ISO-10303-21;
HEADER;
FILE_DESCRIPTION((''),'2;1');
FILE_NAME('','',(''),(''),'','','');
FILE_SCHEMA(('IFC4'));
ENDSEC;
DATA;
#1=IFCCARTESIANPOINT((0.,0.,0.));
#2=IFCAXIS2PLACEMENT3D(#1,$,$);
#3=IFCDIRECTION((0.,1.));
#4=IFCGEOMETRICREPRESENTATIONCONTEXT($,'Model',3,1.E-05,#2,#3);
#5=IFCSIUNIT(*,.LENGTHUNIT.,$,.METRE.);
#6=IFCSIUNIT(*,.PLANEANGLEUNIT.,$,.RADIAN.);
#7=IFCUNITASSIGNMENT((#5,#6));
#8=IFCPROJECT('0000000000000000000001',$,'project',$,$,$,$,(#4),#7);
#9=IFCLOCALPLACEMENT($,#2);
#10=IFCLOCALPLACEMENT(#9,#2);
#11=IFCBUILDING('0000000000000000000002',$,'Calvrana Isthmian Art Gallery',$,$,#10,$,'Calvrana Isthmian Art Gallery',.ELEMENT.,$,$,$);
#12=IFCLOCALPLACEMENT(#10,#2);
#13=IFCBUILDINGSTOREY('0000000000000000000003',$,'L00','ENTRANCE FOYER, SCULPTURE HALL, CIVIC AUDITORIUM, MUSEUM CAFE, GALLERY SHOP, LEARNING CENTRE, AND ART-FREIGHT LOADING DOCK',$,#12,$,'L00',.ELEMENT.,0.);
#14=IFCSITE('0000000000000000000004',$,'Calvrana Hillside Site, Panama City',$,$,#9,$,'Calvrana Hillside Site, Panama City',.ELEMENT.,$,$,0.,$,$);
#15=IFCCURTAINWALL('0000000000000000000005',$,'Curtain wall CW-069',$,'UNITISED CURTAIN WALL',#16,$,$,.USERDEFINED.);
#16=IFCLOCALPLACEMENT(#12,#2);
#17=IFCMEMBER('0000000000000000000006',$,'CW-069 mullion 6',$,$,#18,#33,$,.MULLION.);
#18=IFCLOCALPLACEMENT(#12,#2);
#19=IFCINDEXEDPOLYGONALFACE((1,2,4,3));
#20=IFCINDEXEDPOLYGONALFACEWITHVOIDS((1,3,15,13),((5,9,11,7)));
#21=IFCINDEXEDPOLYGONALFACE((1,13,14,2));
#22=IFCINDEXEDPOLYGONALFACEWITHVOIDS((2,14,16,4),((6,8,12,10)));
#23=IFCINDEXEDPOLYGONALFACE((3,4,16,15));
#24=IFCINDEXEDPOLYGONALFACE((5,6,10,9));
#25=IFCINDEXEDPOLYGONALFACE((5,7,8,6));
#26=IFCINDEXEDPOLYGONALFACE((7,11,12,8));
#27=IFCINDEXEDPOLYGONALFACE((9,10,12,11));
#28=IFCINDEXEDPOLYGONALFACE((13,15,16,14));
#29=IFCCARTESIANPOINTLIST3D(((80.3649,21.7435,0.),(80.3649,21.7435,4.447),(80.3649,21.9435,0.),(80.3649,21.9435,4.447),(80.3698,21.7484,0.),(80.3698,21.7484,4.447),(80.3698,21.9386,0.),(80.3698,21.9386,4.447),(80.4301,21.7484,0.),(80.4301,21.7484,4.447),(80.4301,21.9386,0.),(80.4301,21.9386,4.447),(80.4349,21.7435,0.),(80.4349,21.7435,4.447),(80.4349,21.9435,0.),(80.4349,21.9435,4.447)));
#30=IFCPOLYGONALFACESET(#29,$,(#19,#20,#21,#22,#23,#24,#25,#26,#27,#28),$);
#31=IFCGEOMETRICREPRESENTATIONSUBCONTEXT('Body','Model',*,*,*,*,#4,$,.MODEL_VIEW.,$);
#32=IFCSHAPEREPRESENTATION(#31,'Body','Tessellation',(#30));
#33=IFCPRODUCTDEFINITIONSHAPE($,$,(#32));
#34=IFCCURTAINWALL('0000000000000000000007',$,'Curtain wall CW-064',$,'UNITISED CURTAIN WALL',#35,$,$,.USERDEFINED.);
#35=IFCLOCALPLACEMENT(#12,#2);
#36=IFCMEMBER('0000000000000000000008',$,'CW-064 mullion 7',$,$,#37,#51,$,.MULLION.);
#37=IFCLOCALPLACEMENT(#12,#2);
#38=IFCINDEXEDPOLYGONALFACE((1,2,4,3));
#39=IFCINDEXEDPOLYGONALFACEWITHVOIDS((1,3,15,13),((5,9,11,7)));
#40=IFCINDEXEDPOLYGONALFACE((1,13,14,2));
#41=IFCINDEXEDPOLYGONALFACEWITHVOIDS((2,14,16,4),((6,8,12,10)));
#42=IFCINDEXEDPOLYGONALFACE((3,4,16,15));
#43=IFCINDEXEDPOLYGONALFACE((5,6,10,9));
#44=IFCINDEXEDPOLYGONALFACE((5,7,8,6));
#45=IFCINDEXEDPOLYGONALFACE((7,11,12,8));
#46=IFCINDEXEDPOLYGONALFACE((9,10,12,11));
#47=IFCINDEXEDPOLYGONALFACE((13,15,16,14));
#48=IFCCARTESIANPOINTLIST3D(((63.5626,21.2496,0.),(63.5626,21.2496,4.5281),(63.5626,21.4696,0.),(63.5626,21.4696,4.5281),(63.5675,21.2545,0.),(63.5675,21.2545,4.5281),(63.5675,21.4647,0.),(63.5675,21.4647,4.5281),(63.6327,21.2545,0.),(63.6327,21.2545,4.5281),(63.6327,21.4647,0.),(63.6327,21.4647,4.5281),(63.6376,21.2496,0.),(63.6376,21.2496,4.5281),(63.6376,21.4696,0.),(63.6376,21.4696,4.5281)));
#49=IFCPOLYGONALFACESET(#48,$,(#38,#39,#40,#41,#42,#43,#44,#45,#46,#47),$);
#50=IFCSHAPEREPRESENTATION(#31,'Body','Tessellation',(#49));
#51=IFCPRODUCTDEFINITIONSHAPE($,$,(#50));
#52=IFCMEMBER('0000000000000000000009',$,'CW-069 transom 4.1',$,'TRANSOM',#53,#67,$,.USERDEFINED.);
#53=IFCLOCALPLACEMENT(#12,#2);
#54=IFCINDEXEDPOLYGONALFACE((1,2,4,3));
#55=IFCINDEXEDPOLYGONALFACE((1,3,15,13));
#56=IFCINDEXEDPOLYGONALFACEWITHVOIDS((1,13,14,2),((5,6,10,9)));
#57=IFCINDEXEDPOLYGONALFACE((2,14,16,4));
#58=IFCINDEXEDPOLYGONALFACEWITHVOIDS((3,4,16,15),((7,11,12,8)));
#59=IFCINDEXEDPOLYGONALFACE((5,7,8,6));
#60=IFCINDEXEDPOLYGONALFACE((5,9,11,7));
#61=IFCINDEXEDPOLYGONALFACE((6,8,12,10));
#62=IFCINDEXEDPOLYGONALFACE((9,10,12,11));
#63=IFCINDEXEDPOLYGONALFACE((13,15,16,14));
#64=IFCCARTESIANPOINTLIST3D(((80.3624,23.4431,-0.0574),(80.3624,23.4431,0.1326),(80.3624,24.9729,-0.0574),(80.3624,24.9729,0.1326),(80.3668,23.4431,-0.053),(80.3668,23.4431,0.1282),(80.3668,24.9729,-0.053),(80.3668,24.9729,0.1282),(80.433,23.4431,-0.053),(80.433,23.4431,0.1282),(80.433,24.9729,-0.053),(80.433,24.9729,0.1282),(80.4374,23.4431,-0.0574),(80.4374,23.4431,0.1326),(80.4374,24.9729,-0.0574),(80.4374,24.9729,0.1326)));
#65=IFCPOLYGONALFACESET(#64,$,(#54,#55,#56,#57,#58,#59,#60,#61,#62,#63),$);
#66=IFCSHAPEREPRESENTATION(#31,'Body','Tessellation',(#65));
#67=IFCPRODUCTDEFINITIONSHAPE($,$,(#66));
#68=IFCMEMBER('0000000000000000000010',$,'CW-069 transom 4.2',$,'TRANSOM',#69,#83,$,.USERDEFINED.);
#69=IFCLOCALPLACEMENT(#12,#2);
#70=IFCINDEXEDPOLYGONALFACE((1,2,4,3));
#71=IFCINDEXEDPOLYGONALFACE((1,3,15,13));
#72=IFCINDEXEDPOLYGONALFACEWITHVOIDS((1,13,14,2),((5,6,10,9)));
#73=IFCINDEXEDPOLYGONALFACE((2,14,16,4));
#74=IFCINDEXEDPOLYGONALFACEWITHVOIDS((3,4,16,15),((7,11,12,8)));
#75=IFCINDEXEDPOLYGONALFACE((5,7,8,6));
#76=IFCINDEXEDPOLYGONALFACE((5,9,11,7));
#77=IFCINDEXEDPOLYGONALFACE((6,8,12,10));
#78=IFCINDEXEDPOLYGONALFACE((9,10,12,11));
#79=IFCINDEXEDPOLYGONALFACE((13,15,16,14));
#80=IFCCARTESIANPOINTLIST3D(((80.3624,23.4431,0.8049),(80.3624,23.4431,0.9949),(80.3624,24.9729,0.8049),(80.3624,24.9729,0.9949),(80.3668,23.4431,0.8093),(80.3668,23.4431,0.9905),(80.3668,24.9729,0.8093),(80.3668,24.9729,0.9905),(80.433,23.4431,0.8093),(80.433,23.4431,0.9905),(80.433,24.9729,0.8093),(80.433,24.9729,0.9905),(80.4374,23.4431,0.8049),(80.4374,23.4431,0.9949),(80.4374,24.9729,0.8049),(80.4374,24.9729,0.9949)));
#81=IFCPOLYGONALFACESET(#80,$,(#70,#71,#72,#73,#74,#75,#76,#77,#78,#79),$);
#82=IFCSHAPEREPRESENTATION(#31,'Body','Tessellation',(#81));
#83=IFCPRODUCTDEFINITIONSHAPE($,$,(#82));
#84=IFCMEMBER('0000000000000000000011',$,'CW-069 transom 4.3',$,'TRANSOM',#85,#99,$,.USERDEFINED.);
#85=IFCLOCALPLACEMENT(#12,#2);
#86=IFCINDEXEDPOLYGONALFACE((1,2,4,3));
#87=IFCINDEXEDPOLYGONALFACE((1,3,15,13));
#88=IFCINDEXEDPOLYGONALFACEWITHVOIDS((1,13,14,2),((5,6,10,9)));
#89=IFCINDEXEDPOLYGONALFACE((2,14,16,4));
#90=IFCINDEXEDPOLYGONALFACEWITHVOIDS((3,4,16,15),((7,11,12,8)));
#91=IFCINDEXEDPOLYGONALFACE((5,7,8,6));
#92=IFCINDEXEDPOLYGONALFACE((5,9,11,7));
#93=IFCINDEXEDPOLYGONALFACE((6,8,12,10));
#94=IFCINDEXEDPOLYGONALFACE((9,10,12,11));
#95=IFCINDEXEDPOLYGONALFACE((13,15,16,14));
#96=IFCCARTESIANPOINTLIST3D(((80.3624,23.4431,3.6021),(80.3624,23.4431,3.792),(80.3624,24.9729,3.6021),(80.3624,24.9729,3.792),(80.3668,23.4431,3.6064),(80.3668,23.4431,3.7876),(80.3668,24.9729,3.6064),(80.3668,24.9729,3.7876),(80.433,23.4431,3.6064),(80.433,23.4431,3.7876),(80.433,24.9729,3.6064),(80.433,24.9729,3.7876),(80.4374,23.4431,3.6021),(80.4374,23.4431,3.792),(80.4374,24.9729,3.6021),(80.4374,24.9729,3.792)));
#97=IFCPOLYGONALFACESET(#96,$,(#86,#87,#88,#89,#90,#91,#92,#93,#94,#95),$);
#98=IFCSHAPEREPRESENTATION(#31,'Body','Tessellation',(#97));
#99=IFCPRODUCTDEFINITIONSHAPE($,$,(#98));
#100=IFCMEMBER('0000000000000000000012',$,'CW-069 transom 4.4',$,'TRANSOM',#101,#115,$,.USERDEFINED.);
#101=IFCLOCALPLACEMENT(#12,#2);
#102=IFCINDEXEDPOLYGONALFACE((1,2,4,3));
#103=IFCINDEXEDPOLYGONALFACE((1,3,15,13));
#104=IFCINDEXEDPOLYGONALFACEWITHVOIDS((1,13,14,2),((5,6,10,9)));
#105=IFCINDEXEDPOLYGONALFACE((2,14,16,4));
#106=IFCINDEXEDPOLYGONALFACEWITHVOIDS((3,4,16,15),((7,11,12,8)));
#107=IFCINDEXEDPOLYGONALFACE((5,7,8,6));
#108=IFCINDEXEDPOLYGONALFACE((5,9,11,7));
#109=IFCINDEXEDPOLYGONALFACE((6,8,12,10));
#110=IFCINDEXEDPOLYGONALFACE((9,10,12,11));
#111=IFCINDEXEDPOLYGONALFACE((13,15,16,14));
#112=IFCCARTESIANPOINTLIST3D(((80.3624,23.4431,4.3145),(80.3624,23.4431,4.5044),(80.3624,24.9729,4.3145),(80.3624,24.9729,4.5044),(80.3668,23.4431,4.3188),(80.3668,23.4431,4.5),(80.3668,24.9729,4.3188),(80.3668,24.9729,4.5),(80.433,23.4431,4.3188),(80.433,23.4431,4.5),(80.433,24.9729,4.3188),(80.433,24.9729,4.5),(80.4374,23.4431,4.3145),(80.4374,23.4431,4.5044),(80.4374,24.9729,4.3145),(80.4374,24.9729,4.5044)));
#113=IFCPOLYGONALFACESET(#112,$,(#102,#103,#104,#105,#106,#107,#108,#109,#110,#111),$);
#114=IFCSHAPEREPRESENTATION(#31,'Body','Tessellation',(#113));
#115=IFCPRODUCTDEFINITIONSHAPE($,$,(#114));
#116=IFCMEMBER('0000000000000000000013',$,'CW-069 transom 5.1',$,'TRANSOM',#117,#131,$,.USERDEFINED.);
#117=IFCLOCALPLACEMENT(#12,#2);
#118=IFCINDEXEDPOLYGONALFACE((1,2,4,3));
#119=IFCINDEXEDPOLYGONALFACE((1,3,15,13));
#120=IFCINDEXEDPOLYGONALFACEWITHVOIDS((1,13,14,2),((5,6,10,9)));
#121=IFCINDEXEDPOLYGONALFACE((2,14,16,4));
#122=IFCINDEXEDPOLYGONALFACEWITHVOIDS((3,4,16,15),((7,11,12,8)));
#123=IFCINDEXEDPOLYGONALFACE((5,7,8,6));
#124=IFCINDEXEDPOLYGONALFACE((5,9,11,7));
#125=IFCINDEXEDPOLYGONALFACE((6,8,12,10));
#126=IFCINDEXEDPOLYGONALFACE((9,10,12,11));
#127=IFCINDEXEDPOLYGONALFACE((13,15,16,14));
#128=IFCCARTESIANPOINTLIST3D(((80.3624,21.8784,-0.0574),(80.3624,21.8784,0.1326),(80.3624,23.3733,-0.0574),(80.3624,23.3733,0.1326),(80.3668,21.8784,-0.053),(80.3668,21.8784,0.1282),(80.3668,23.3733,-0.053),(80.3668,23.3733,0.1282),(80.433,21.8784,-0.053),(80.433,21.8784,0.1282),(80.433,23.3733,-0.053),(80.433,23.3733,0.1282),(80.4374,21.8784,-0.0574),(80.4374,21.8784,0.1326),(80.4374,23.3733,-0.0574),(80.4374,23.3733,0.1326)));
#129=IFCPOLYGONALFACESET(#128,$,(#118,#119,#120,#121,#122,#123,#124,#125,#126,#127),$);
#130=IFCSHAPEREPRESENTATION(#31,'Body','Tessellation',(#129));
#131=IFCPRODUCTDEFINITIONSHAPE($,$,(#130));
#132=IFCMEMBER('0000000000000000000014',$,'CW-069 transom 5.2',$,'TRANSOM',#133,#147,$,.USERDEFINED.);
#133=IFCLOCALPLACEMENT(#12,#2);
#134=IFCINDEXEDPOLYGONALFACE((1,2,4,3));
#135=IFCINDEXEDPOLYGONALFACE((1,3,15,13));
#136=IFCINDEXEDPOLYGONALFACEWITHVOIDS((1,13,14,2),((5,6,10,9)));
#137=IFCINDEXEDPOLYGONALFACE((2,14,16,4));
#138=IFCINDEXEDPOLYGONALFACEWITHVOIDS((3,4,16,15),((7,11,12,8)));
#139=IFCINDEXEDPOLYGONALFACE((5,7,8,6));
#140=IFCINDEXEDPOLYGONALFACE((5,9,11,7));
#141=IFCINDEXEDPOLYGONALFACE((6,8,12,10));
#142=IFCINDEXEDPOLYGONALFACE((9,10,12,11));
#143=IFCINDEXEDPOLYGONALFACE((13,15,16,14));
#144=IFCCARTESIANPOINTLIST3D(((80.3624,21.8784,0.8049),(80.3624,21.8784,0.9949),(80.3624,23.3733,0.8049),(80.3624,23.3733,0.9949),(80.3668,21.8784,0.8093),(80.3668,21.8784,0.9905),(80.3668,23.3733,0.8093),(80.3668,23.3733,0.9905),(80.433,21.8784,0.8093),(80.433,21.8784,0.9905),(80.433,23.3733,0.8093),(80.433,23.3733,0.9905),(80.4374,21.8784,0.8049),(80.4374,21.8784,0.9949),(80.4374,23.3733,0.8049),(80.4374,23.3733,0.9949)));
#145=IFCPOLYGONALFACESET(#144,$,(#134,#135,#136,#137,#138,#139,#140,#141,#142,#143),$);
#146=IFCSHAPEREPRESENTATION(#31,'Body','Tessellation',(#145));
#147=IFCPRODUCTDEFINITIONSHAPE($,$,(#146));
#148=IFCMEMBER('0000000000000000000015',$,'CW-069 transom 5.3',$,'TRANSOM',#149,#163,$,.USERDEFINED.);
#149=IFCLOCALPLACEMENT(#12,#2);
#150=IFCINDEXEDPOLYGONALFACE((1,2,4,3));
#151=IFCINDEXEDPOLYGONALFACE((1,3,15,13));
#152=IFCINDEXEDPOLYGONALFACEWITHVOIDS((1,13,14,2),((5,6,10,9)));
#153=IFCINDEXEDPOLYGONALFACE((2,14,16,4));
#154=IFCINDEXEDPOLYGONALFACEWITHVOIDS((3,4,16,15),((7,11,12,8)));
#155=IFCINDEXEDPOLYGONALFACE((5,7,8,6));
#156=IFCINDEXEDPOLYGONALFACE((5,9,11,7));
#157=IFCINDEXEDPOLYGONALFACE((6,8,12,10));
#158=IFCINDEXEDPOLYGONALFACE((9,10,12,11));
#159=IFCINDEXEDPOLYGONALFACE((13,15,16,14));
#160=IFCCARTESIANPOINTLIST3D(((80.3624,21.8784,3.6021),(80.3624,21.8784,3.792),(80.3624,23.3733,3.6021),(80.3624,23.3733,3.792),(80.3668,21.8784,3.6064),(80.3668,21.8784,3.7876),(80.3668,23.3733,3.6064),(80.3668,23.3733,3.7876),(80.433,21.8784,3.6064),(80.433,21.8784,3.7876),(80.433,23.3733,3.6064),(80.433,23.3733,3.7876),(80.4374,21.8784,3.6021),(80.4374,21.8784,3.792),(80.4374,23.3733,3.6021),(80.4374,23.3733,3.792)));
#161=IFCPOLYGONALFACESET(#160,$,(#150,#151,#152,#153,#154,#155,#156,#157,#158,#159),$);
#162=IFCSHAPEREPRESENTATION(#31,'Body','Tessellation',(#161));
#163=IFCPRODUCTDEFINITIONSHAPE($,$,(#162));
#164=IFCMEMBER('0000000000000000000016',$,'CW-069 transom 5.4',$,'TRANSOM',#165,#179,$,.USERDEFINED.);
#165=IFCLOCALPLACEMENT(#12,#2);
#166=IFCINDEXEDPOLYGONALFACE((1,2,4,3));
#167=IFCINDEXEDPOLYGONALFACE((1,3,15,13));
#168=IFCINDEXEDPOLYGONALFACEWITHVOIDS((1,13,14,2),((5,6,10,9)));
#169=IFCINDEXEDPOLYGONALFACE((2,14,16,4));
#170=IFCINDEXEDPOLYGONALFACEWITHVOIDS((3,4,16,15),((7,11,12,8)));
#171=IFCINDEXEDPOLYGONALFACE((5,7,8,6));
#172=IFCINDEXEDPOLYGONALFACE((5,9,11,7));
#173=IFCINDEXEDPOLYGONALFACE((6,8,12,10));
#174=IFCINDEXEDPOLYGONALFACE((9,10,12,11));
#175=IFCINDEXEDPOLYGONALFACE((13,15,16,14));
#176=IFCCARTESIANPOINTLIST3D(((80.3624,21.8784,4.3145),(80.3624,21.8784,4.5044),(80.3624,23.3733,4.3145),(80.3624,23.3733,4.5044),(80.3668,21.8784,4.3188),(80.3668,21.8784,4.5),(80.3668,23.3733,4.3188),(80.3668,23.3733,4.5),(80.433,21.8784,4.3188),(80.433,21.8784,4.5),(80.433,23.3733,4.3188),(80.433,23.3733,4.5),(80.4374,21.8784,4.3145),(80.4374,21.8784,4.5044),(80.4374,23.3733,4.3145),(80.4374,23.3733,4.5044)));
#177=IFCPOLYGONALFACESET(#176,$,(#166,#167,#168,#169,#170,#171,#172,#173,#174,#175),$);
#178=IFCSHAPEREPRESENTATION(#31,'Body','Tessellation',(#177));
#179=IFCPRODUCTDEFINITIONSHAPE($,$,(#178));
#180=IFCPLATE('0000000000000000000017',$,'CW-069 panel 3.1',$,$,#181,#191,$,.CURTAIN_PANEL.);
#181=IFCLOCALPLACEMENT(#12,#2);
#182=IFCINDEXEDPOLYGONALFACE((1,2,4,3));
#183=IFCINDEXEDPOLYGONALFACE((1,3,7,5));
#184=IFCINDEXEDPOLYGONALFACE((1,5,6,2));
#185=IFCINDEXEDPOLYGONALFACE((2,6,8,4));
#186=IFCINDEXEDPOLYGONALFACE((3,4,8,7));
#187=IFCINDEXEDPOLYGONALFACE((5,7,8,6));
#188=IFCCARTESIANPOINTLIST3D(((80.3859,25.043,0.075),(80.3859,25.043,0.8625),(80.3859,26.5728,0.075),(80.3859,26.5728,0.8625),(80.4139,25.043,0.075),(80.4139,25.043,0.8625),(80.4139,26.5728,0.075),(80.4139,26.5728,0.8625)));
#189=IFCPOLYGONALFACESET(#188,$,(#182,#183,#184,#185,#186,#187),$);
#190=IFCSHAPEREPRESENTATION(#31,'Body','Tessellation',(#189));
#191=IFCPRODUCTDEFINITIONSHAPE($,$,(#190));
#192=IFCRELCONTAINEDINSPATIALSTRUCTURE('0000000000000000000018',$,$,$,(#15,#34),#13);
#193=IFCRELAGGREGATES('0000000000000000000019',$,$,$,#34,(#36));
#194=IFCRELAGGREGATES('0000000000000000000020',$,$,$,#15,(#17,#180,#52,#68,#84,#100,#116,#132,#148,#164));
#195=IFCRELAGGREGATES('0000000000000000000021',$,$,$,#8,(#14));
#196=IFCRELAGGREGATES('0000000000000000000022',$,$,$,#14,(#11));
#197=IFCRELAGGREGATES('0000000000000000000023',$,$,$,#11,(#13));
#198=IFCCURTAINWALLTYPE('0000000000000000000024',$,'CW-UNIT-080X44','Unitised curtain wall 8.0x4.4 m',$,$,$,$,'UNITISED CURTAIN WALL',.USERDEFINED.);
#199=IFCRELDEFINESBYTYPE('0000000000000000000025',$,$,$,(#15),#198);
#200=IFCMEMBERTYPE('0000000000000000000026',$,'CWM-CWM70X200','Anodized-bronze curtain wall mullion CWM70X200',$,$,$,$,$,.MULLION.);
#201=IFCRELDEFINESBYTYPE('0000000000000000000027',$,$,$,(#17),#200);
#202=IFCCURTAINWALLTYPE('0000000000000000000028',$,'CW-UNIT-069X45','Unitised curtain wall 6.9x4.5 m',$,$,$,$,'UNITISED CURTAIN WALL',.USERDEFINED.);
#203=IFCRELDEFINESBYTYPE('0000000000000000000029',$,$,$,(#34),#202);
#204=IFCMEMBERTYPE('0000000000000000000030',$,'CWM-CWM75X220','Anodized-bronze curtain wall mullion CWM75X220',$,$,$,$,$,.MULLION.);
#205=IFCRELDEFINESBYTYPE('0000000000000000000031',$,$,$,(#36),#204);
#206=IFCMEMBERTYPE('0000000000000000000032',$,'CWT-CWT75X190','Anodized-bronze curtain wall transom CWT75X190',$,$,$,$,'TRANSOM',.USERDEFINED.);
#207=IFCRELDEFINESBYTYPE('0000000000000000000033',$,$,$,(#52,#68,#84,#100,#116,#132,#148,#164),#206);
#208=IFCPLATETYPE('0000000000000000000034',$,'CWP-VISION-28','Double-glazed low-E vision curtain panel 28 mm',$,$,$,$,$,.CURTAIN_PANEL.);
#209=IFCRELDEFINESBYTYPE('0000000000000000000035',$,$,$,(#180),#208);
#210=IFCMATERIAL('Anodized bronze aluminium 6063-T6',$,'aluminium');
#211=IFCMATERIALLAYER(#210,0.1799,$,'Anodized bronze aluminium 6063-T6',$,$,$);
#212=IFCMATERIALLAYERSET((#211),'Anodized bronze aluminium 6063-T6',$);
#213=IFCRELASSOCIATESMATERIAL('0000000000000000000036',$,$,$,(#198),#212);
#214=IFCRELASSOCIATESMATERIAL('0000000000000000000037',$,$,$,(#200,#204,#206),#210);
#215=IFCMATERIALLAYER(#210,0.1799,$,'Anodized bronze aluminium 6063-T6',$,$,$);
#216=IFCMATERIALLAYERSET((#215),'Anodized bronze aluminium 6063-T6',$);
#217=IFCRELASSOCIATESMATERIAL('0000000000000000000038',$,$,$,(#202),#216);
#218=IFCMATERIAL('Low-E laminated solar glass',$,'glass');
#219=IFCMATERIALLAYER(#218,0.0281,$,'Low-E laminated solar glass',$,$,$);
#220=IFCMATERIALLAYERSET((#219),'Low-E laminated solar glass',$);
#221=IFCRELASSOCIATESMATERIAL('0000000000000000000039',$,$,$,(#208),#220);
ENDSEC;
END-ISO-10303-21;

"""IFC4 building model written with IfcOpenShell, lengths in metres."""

from ifc_helpers import new_model, si_unit, direction, frame, origin, origin_2d, place, context, subcontext, project, spatial, rectangle, hollow_rectangle, extrude, material, layer, layer_set, material_profile, profile_set, type_object, element, aggregate, save


model = new_model("IFC4")

# Units and contexts
model_context = context("Model", 3, precision=1e-05, world=origin(), true_north=direction((0.0, 1.0)))
body_context = subcontext(model_context, "Body", "Model", "MODEL_VIEW")
ifc_project = project(units=[si_unit("LENGTHUNIT", "METRE"), si_unit("PLANEANGLEUNIT", "RADIAN")], contexts=[model_context])

# Site, building, storey
site_placement = place(None, origin())
site = spatial("IfcSite", under=ifc_project, at=site_placement, Name="Calvrana Hillside Site, Panama City", LongName="Calvrana Hillside Site, Panama City", CompositionType="ELEMENT", RefElevation=0.0)
building_placement = place(site_placement, origin())
building = spatial("IfcBuilding", under=site, at=building_placement, Name="Calvrana Isthmian Art Gallery", LongName="Calvrana Isthmian Art Gallery", CompositionType="ELEMENT")
storey_placement = place(building_placement, origin())
storey = spatial("IfcBuildingStorey", under=building, at=storey_placement, Name="L00", Description="ENTRANCE FOYER, SCULPTURE HALL, CIVIC AUDITORIUM, MUSEUM CAFE, GALLERY SHOP, LEARNING CENTRE, AND ART-FREIGHT LOADING DOCK", LongName="L00", CompositionType="ELEMENT", Elevation=0.0)

# Curtain wall, member
ifc_material_1 = material(Name="Anodized bronze aluminium 6063-T6", Category="aluminium")
ifc_layer_1 = layer(ifc_material_1, 0.1799, Name="Anodized bronze aluminium 6063-T6")
ifc_layer_set_1 = layer_set([ifc_layer_1], Name="Anodized bronze aluminium 6063-T6")
curtain_wall_type_1 = type_object("IfcCurtainWallType", Name="CW-UNIT-080X44", Description="Unitised curtain wall 8.0x4.4 m", ElementType="UNITISED CURTAIN WALL", PredefinedType="USERDEFINED", material=ifc_layer_set_1)
curtain_wall_1_placement = place(storey_placement, origin())
curtain_wall_1 = element("IfcCurtainWall", 1, at=curtain_wall_1_placement, inside=storey, type_object=curtain_wall_type_1, Name="Curtain wall CW-069", ObjectType="UNITISED CURTAIN WALL", PredefinedType="USERDEFINED")
ifc_material_profile_1 = material_profile(ifc_material_1, hollow_rectangle(XDim=0.0701, YDim=0.2, WallThickness=0.0049, at=origin_2d()), Name="CWM70X200")
ifc_profile_set_1 = profile_set([ifc_material_profile_1], Name="Anodized bronze aluminium 6063-T6")
member_type_1 = type_object("IfcMemberType", Name="CWM-CWM70X200", Description="Anodized-bronze curtain wall mullion CWM70X200", PredefinedType="MULLION", material=ifc_profile_set_1)
member_1_placement = place(storey_placement, frame((80.3999, 21.8435, 0.0), z_axis=(0.0, 0.0, 1.0), x_axis=(1.0, 0.0, 0.0)))
member_1 = element("IfcMember", 2, at=member_1_placement, type_object=member_type_1, Name="CW-069 mullion 6", PredefinedType="MULLION", context=body_context, shape_type="SweptSolid", body=[
    extrude(hollow_rectangle(XDim=0.0701, YDim=0.2, WallThickness=0.0049, at=origin_2d()), origin(), (0.0, 0.0, 1.0), 4.447),
])

# Curtain wall, member
ifc_layer_2 = layer(ifc_material_1, 0.1799, Name="Anodized bronze aluminium 6063-T6")
ifc_layer_set_2 = layer_set([ifc_layer_2], Name="Anodized bronze aluminium 6063-T6")
curtain_wall_type_2 = type_object("IfcCurtainWallType", Name="CW-UNIT-069X45", Description="Unitised curtain wall 6.9x4.5 m", ElementType="UNITISED CURTAIN WALL", PredefinedType="USERDEFINED", material=ifc_layer_set_2)
curtain_wall_2_placement = place(storey_placement, origin())
curtain_wall_2 = element("IfcCurtainWall", 3, at=curtain_wall_2_placement, inside=storey, type_object=curtain_wall_type_2, Name="Curtain wall CW-064", ObjectType="UNITISED CURTAIN WALL", PredefinedType="USERDEFINED")
ifc_material_profile_2 = material_profile(ifc_material_1, hollow_rectangle(XDim=0.075, YDim=0.22, WallThickness=0.0049, at=origin_2d()), Name="CWM75X220")
ifc_profile_set_2 = profile_set([ifc_material_profile_2], Name="Anodized bronze aluminium 6063-T6")
member_type_2 = type_object("IfcMemberType", Name="CWM-CWM75X220", Description="Anodized-bronze curtain wall mullion CWM75X220", PredefinedType="MULLION", material=ifc_profile_set_2)
member_2_placement = place(storey_placement, frame((63.6001, 21.3596, 0.0), z_axis=(0.0, 0.0, 1.0), x_axis=(-1.0, 0.0, 0.0)))
member_2 = element("IfcMember", 4, at=member_2_placement, type_object=member_type_2, Name="CW-064 mullion 7", PredefinedType="MULLION", context=body_context, shape_type="SweptSolid", body=[
    extrude(hollow_rectangle(XDim=0.075, YDim=0.22, WallThickness=0.0049, at=origin_2d()), origin(), (0.0, 0.0, 1.0), 4.5281),
])
aggregate(curtain_wall_2, [member_2])

# Members
ifc_material_profile_3 = material_profile(ifc_material_1, hollow_rectangle(XDim=0.075, YDim=0.1899, WallThickness=0.0044, at=origin_2d()), Name="CWT75X190")
ifc_profile_set_3 = profile_set([ifc_material_profile_3], Name="Anodized bronze aluminium 6063-T6")
member_type_3 = type_object("IfcMemberType", Name="CWT-CWT75X190", Description="Anodized-bronze curtain wall transom CWT75X190", ElementType="TRANSOM", PredefinedType="USERDEFINED", material=ifc_profile_set_3)
member_3_placement = place(storey_placement, frame((80.3999, 24.9729, 0.0376), z_axis=(0.0, -1.0, 0.0), x_axis=(1.0, 0.0, 0.0)))
member_3 = element("IfcMember", 5, at=member_3_placement, type_object=member_type_3, Name="CW-069 transom 4.1", ObjectType="TRANSOM", PredefinedType="USERDEFINED", context=body_context, shape_type="SweptSolid", body=[
    extrude(hollow_rectangle(XDim=0.075, YDim=0.1899, WallThickness=0.0044, at=origin_2d()), origin(), (0.0, 0.0, 1.0), 1.5298),
])
member_4_placement = place(storey_placement, frame((80.3999, 24.9729, 0.8999), z_axis=(0.0, -1.0, 0.0), x_axis=(1.0, 0.0, 0.0)))
member_4 = element("IfcMember", 6, at=member_4_placement, type_object=member_type_3, Name="CW-069 transom 4.2", ObjectType="TRANSOM", PredefinedType="USERDEFINED", context=body_context, shape_type="SweptSolid", body=[
    extrude(hollow_rectangle(XDim=0.075, YDim=0.1899, WallThickness=0.0044, at=origin_2d()), origin(), (0.0, 0.0, 1.0), 1.5298),
])
member_5_placement = place(storey_placement, frame((80.3999, 24.9729, 3.697), z_axis=(0.0, -1.0, 0.0), x_axis=(1.0, 0.0, 0.0)))
member_5 = element("IfcMember", 7, at=member_5_placement, type_object=member_type_3, Name="CW-069 transom 4.3", ObjectType="TRANSOM", PredefinedType="USERDEFINED", context=body_context, shape_type="SweptSolid", body=[
    extrude(hollow_rectangle(XDim=0.075, YDim=0.1899, WallThickness=0.0044, at=origin_2d()), origin(), (0.0, 0.0, 1.0), 1.5298),
])
member_6_placement = place(storey_placement, frame((80.3999, 24.9729, 4.4094), z_axis=(0.0, -1.0, 0.0), x_axis=(1.0, 0.0, 0.0)))
member_6 = element("IfcMember", 8, at=member_6_placement, type_object=member_type_3, Name="CW-069 transom 4.4", ObjectType="TRANSOM", PredefinedType="USERDEFINED", context=body_context, shape_type="SweptSolid", body=[
    extrude(hollow_rectangle(XDim=0.075, YDim=0.1899, WallThickness=0.0044, at=origin_2d()), origin(), (0.0, 0.0, 1.0), 1.5298),
])
member_7_placement = place(storey_placement, frame((80.3999, 23.3733, 0.0376), z_axis=(0.0, -1.0, 0.0), x_axis=(1.0, 0.0, 0.0)))
member_7 = element("IfcMember", 9, at=member_7_placement, type_object=member_type_3, Name="CW-069 transom 5.1", ObjectType="TRANSOM", PredefinedType="USERDEFINED", context=body_context, shape_type="SweptSolid", body=[
    extrude(hollow_rectangle(XDim=0.075, YDim=0.1899, WallThickness=0.0044, at=origin_2d()), origin(), (0.0, 0.0, 1.0), 1.4949),
])
member_8_placement = place(storey_placement, frame((80.3999, 23.3733, 0.8999), z_axis=(0.0, -1.0, 0.0), x_axis=(1.0, 0.0, 0.0)))
member_8 = element("IfcMember", 10, at=member_8_placement, type_object=member_type_3, Name="CW-069 transom 5.2", ObjectType="TRANSOM", PredefinedType="USERDEFINED", context=body_context, shape_type="SweptSolid", body=[
    extrude(hollow_rectangle(XDim=0.075, YDim=0.1899, WallThickness=0.0044, at=origin_2d()), origin(), (0.0, 0.0, 1.0), 1.4949),
])
member_9_placement = place(storey_placement, frame((80.3999, 23.3733, 3.697), z_axis=(0.0, -1.0, 0.0), x_axis=(1.0, 0.0, 0.0)))
member_9 = element("IfcMember", 11, at=member_9_placement, type_object=member_type_3, Name="CW-069 transom 5.3", ObjectType="TRANSOM", PredefinedType="USERDEFINED", context=body_context, shape_type="SweptSolid", body=[
    extrude(hollow_rectangle(XDim=0.075, YDim=0.1899, WallThickness=0.0044, at=origin_2d()), origin(), (0.0, 0.0, 1.0), 1.4949),
])
member_10_placement = place(storey_placement, frame((80.3999, 23.3733, 4.4094), z_axis=(0.0, -1.0, 0.0), x_axis=(1.0, 0.0, 0.0)))
member_10 = element("IfcMember", 12, at=member_10_placement, type_object=member_type_3, Name="CW-069 transom 5.4", ObjectType="TRANSOM", PredefinedType="USERDEFINED", context=body_context, shape_type="SweptSolid", body=[
    extrude(hollow_rectangle(XDim=0.075, YDim=0.1899, WallThickness=0.0044, at=origin_2d()), origin(), (0.0, 0.0, 1.0), 1.4949),
])

# Plate
ifc_material_2 = material(Name="Low-E laminated solar glass", Category="glass")
ifc_layer_3 = layer(ifc_material_2, 0.0281, Name="Low-E laminated solar glass")
ifc_layer_set_3 = layer_set([ifc_layer_3], Name="Low-E laminated solar glass")
plate_type = type_object("IfcPlateType", Name="CWP-VISION-28", Description="Double-glazed low-E vision curtain panel 28 mm", PredefinedType="CURTAIN_PANEL", material=ifc_layer_set_3)
plate_1_placement = place(storey_placement, frame((80.3999, 25.8079, 0.075), z_axis=(0.0, 0.0, 1.0), x_axis=(0.0, -1.0, 0.0)))
plate_1 = element("IfcPlate", 13, at=plate_1_placement, type_object=plate_type, Name="CW-069 panel 3.1", PredefinedType="CURTAIN_PANEL", context=body_context, shape_type="SweptSolid", body=[
    extrude(rectangle(XDim=1.5298, YDim=0.0281, at=origin_2d()), origin(), (0.0, 0.0, 1.0), 0.7876),
])
aggregate(curtain_wall_1, [member_1, plate_1, member_3, member_4, member_5, member_6, member_7, member_8, member_9, member_10])

save(model, "model.ifc")
